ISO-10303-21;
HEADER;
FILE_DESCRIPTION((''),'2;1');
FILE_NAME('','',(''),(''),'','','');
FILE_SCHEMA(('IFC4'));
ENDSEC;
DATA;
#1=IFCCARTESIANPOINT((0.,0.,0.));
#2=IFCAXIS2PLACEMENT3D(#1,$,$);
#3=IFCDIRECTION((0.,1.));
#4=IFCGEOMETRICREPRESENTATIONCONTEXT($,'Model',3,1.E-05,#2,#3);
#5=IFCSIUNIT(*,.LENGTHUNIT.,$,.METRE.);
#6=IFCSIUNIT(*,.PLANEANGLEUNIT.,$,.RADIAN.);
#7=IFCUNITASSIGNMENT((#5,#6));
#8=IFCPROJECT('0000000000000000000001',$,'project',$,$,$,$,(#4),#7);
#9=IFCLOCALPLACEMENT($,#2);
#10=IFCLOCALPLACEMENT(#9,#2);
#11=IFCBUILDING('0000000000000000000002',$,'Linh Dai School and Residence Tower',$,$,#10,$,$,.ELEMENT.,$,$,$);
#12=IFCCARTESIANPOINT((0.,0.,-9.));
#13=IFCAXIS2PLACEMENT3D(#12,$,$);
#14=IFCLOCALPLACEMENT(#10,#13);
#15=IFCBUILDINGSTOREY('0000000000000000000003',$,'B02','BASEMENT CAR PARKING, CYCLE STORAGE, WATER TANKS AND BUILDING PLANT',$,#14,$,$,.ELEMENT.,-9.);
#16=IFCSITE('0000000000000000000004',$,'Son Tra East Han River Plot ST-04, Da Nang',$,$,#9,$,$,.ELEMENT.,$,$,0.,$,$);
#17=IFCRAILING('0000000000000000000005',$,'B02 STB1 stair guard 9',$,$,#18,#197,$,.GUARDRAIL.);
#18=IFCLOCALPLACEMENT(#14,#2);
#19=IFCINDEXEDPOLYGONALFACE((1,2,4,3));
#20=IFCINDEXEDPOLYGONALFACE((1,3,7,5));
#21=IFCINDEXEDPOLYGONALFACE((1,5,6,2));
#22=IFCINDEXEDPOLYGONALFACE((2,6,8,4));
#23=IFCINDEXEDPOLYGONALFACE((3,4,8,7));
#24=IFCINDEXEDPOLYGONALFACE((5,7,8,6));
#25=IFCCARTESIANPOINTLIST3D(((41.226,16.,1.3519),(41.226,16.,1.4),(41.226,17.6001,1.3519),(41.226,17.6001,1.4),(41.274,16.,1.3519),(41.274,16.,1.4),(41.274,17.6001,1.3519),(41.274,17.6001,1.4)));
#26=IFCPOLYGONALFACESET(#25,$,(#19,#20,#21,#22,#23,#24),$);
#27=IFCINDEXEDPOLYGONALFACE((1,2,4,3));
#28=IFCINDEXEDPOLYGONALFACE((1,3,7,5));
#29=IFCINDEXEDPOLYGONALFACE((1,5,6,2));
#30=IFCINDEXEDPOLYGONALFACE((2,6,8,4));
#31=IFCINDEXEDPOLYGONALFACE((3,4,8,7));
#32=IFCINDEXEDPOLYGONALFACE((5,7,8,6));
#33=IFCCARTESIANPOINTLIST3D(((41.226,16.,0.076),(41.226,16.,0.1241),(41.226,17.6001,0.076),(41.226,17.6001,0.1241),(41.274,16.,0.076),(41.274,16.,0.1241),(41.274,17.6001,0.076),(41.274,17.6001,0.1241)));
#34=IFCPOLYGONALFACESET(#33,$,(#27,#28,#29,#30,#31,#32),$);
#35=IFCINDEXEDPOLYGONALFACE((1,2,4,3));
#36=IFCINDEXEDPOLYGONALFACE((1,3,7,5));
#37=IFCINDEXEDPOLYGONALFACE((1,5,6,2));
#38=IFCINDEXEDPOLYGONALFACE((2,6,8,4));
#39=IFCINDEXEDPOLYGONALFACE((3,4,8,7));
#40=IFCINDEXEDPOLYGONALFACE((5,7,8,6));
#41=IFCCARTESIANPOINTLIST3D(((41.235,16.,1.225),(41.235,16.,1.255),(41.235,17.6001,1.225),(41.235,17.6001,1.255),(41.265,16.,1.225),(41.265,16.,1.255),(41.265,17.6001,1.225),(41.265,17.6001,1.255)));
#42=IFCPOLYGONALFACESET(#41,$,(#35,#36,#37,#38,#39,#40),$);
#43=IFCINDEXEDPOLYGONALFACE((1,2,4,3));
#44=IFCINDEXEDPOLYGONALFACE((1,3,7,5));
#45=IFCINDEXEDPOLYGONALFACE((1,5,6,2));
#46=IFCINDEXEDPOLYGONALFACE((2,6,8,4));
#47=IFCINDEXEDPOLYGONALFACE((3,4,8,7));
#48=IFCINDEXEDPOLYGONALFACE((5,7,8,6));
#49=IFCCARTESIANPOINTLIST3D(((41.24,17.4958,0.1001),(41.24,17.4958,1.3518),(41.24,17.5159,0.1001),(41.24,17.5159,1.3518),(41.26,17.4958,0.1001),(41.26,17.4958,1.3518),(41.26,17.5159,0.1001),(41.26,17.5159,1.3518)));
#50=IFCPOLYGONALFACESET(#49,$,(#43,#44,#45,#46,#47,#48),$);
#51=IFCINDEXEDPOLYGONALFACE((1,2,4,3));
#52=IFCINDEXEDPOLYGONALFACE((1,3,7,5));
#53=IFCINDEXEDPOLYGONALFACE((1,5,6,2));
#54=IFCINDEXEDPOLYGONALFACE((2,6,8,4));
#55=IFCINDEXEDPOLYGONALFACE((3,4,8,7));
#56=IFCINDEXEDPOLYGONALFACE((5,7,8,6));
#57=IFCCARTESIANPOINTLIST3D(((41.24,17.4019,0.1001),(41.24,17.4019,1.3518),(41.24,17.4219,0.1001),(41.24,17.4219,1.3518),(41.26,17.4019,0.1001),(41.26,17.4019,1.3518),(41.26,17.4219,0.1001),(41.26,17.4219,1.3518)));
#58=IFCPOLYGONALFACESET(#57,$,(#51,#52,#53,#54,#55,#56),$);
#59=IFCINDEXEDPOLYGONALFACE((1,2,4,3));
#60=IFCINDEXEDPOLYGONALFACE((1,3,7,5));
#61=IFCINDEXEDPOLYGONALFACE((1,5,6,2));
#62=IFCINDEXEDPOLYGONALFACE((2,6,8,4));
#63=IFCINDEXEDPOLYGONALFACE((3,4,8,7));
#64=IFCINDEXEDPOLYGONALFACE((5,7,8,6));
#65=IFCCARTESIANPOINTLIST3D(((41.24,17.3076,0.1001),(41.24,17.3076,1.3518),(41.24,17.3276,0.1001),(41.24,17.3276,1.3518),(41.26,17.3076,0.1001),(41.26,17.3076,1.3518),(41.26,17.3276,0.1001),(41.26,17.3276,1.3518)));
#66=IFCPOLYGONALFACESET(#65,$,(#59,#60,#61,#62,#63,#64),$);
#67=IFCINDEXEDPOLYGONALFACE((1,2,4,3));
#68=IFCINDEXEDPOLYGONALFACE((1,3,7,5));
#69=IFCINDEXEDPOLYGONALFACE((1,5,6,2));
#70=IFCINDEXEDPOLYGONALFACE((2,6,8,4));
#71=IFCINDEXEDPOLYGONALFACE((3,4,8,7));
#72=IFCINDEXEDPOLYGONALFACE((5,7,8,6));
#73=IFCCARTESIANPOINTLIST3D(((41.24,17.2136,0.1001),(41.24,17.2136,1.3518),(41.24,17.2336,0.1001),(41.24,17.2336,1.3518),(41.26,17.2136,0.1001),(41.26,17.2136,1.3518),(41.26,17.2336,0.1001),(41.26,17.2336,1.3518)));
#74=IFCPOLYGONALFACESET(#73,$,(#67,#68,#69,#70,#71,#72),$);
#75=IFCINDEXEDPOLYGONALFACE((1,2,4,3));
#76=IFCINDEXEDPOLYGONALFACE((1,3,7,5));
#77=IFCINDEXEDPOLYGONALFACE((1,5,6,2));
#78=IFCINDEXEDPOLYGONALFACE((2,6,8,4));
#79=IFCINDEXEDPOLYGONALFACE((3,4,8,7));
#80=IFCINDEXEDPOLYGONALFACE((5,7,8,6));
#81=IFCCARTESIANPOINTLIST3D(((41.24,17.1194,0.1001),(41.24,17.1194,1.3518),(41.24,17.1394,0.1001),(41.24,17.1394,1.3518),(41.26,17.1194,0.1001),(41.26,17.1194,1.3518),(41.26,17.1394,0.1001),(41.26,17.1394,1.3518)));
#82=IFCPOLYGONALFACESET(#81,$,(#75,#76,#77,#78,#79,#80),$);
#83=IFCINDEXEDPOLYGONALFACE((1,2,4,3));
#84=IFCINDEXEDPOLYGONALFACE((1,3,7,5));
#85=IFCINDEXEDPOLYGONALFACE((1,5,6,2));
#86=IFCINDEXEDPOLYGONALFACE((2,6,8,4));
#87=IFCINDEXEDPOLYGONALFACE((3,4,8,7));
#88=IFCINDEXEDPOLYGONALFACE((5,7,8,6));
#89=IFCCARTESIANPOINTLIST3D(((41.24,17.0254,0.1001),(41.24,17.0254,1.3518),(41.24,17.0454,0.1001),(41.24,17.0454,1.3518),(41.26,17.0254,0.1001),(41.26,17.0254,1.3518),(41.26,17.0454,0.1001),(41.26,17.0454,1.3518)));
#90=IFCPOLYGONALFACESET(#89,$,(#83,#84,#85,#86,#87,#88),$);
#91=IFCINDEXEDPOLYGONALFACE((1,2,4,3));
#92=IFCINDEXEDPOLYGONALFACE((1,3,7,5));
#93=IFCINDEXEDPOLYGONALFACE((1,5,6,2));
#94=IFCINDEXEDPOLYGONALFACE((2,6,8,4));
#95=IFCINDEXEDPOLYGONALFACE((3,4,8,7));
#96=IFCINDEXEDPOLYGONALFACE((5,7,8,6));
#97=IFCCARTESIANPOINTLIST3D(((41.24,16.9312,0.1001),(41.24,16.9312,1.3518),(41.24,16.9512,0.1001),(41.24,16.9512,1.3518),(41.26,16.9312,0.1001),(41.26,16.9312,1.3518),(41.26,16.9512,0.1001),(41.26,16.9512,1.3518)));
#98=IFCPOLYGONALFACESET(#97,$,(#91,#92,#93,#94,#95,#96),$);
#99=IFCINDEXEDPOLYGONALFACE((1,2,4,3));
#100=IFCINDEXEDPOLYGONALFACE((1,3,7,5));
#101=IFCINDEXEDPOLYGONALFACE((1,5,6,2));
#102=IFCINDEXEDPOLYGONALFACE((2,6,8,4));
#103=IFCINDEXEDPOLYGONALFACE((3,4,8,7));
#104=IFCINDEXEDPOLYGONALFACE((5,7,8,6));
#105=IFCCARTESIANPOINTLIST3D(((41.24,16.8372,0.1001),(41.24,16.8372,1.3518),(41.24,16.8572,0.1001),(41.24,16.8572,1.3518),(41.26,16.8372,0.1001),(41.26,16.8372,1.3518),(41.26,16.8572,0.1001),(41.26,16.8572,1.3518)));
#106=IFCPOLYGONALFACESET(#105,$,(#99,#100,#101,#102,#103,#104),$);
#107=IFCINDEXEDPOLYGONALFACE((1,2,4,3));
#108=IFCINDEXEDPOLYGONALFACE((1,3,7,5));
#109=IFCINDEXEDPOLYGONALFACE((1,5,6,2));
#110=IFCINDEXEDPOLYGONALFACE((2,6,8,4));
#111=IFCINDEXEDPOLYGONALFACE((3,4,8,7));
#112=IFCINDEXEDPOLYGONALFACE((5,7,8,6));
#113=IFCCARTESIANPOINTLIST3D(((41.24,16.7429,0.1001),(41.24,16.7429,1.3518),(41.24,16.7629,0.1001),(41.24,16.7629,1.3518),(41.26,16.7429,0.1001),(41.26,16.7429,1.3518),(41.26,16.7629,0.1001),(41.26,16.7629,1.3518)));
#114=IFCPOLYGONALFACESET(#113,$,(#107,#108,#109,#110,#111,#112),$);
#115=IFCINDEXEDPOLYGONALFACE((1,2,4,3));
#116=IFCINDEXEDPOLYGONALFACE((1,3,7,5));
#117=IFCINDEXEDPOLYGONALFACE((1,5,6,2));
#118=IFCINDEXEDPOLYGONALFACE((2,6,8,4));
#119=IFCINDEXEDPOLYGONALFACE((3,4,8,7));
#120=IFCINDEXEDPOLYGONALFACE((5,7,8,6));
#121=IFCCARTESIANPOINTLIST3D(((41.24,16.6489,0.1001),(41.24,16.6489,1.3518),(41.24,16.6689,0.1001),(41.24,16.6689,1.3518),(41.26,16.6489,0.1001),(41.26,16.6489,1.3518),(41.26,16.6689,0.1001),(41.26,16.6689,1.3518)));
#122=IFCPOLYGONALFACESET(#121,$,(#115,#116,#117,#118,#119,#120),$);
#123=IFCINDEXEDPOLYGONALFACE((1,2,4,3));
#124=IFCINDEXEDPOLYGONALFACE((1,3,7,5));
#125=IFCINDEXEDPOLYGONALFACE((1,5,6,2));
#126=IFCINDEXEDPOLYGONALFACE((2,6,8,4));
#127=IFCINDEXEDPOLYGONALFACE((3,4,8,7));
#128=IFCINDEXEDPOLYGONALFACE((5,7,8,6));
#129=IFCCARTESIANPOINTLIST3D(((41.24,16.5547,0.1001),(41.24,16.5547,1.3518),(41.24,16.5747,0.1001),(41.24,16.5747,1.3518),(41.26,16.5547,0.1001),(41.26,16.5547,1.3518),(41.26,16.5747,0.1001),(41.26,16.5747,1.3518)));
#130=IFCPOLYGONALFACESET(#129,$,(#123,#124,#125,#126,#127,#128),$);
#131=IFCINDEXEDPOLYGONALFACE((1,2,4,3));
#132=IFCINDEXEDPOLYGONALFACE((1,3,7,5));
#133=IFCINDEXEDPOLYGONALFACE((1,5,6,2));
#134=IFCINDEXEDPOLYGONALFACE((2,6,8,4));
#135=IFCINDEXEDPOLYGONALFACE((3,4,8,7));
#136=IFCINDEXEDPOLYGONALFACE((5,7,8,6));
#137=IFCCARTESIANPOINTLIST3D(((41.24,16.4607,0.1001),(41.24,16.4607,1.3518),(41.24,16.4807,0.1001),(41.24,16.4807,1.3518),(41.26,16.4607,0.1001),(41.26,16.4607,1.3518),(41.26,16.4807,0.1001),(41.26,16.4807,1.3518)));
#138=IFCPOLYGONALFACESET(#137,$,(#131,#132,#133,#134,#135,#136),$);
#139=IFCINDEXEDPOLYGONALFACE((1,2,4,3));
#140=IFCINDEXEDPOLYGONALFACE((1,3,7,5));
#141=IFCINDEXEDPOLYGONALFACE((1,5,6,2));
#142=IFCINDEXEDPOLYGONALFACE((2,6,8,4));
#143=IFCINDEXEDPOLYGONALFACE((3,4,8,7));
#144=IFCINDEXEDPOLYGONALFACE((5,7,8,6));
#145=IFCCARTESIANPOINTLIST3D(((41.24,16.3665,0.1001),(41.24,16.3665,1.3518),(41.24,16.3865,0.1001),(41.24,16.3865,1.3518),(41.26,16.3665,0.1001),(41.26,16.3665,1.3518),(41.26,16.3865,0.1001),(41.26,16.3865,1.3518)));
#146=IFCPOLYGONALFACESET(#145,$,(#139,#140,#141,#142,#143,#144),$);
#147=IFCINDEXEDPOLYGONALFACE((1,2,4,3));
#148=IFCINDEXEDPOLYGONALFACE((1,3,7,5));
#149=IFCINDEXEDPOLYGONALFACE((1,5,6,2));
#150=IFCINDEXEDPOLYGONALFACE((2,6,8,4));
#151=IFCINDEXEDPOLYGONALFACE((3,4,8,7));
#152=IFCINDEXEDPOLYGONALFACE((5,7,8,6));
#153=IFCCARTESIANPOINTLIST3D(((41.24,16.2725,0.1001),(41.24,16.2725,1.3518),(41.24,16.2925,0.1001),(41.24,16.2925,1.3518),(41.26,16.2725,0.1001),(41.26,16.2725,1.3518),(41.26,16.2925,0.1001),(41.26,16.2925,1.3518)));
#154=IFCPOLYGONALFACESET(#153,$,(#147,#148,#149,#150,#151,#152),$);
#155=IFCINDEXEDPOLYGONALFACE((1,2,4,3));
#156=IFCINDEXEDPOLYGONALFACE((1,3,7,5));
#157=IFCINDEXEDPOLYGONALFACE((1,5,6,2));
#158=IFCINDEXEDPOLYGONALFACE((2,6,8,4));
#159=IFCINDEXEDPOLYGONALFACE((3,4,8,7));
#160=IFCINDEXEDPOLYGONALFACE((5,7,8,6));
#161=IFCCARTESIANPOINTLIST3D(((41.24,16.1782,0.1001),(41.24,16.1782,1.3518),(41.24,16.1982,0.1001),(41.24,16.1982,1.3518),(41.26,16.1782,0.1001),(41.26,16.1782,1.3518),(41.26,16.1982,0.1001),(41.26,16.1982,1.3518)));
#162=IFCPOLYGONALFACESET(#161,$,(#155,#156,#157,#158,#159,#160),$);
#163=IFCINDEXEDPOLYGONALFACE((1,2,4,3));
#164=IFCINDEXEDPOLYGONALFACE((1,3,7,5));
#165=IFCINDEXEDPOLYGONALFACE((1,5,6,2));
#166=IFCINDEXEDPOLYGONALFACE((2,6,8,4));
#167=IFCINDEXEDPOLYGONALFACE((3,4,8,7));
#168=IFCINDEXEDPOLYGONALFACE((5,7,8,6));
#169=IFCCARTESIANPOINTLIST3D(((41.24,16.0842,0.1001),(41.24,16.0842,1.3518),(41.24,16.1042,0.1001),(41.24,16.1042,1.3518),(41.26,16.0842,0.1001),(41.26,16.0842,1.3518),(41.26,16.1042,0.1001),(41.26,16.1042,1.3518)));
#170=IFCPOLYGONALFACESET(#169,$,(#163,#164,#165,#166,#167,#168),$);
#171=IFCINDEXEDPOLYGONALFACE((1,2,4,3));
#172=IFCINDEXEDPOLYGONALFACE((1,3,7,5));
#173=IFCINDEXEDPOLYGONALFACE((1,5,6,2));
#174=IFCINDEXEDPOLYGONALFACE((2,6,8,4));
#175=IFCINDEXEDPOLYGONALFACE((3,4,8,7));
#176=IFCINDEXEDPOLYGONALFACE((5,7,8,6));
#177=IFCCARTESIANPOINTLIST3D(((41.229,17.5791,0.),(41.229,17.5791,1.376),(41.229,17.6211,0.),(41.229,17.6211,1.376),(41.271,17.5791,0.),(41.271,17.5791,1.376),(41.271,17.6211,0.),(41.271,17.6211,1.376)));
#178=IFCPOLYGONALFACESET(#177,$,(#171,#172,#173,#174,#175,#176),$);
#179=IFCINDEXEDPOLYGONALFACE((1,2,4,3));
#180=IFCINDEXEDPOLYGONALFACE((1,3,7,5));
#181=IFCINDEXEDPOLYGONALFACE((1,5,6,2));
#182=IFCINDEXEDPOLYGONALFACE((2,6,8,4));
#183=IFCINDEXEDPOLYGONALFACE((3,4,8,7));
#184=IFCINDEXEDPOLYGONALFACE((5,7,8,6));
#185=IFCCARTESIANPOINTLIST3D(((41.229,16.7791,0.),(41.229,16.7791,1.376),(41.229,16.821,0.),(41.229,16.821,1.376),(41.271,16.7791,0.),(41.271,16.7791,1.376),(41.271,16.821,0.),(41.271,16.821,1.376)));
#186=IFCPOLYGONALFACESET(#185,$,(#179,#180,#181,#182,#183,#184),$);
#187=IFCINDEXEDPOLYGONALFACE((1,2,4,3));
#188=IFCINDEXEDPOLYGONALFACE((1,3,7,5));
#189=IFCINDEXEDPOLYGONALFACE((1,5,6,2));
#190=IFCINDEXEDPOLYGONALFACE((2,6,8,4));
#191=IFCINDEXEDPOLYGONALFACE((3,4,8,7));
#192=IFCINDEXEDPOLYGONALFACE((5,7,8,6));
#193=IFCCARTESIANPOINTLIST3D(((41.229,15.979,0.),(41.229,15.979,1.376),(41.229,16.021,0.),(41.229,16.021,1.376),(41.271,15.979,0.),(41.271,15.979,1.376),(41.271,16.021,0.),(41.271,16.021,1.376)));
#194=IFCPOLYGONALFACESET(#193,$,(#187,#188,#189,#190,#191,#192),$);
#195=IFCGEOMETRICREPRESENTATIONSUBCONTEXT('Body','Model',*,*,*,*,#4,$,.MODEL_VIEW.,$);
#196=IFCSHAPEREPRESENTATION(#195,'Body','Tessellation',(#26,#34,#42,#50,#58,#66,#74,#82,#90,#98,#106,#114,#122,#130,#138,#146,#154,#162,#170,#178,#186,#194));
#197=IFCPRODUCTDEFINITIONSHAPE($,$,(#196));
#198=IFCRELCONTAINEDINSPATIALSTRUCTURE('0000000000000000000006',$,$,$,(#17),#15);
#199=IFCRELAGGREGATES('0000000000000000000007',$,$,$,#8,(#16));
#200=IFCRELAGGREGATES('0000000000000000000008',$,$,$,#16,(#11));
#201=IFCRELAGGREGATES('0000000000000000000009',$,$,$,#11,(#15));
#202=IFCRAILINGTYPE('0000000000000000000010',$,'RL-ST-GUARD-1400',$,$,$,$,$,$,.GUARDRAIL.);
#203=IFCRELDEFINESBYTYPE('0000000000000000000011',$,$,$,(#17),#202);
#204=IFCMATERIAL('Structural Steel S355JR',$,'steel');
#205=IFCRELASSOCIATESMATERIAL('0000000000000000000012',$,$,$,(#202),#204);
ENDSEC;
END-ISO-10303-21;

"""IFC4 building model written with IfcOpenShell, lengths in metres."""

from ifc_helpers import new_model, si_unit, direction, frame, origin, origin_2d, place, context, subcontext, project, spatial, rectangle, extrude, source, transform, mapped, material, type_object, element, save


model = new_model("IFC4")

# Units and contexts
model_context = context("Model", 3, precision=1e-05, world=origin(), true_north=direction((0.0, 1.0)))
body_context = subcontext(model_context, "Body", "Model", "MODEL_VIEW")
ifc_project = project(units=[si_unit("LENGTHUNIT", "METRE"), si_unit("PLANEANGLEUNIT", "RADIAN")], contexts=[model_context])

# Site, building, storey
site_placement = place(None, origin())
site = spatial("IfcSite", under=ifc_project, at=site_placement, Name="Son Tra East Han River Plot ST-04, Da Nang", CompositionType="ELEMENT", RefElevation=0.0)
building_placement = place(site_placement, origin())
building = spatial("IfcBuilding", under=site, at=building_placement, Name="Linh Dai School and Residence Tower", CompositionType="ELEMENT")
storey_placement = place(building_placement, frame((0.0, 0.0, -9.0)))
storey = spatial("IfcBuildingStorey", under=building, at=storey_placement, Name="B02", Description="BASEMENT CAR PARKING, CYCLE STORAGE, WATER TANKS AND BUILDING PLANT", CompositionType="ELEMENT", Elevation=-9.0)

# Shared definitions
ifc_material_1 = material(Name="Structural Steel S355JR", Category="steel")

# Railing
railing_type_1 = type_object("IfcRailingType", Name="RL-ST-GUARD-1400", PredefinedType="GUARDRAIL", material=ifc_material_1)
shared_shape_1 = source(origin(), body_context, "Body", "SweptSolid", [
    extrude(rectangle(XDim=0.0481, YDim=0.0481, at=origin_2d()), frame((0.0, 0.0, 1.376), z_axis=(0.0, -1.0, 0.0), x_axis=(1.0, 0.0, 0.0)), (0.0, 0.0, 1.0), 1.6001),
    extrude(rectangle(XDim=0.0481, YDim=0.0481, at=origin_2d()), frame((0.0, 0.0, 0.1001), z_axis=(0.0, -1.0, 0.0), x_axis=(1.0, 0.0, 0.0)), (0.0, 0.0, 1.0), 1.6001),
    extrude(rectangle(XDim=0.03, YDim=0.03, at=origin_2d()), frame((0.0, 0.0, 1.24), z_axis=(0.0, -1.0, 0.0), x_axis=(1.0, 0.0, 0.0)), (0.0, 0.0, 1.0), 1.6001),
    extrude(rectangle(XDim=0.02, YDim=0.02, at=origin_2d()), frame((0.0, -0.0942, 0.1001)), (0.0, 0.0, 1.0), 1.2517),
    extrude(rectangle(XDim=0.02, YDim=0.02, at=origin_2d()), frame((0.0, -0.1882, 0.1001)), (0.0, 0.0, 1.0), 1.2517),
    extrude(rectangle(XDim=0.02, YDim=0.02, at=origin_2d()), frame((0.0, -0.2825, 0.1001)), (0.0, 0.0, 1.0), 1.2517),
    extrude(rectangle(XDim=0.02, YDim=0.02, at=origin_2d()), frame((0.0, -0.3765, 0.1001)), (0.0, 0.0, 1.0), 1.2517),
    extrude(rectangle(XDim=0.02, YDim=0.02, at=origin_2d()), frame((0.0, -0.4707, 0.1001)), (0.0, 0.0, 1.0), 1.2517),
    extrude(rectangle(XDim=0.02, YDim=0.02, at=origin_2d()), frame((0.0, -0.5647, 0.1001)), (0.0, 0.0, 1.0), 1.2517),
    extrude(rectangle(XDim=0.02, YDim=0.02, at=origin_2d()), frame((0.0, -0.6589, 0.1001)), (0.0, 0.0, 1.0), 1.2517),
    extrude(rectangle(XDim=0.02, YDim=0.02, at=origin_2d()), frame((0.0, -0.7529, 0.1001)), (0.0, 0.0, 1.0), 1.2517),
    extrude(rectangle(XDim=0.02, YDim=0.02, at=origin_2d()), frame((0.0, -0.8472, 0.1001)), (0.0, 0.0, 1.0), 1.2517),
    extrude(rectangle(XDim=0.02, YDim=0.02, at=origin_2d()), frame((0.0, -0.9412, 0.1001)), (0.0, 0.0, 1.0), 1.2517),
    extrude(rectangle(XDim=0.02, YDim=0.02, at=origin_2d()), frame((0.0, -1.0354, 0.1001)), (0.0, 0.0, 1.0), 1.2517),
    extrude(rectangle(XDim=0.02, YDim=0.02, at=origin_2d()), frame((0.0, -1.1294, 0.1001)), (0.0, 0.0, 1.0), 1.2517),
    extrude(rectangle(XDim=0.02, YDim=0.02, at=origin_2d()), frame((0.0, -1.2236, 0.1001)), (0.0, 0.0, 1.0), 1.2517),
    extrude(rectangle(XDim=0.02, YDim=0.02, at=origin_2d()), frame((0.0, -1.3176, 0.1001)), (0.0, 0.0, 1.0), 1.2517),
    extrude(rectangle(XDim=0.02, YDim=0.02, at=origin_2d()), frame((0.0, -1.4119, 0.1001)), (0.0, 0.0, 1.0), 1.2517),
    extrude(rectangle(XDim=0.02, YDim=0.02, at=origin_2d()), frame((0.0, -1.5059, 0.1001)), (0.0, 0.0, 1.0), 1.2517),
    extrude(rectangle(XDim=0.042, YDim=0.042, at=origin_2d()), origin(), (0.0, 0.0, 1.0), 1.376),
    extrude(rectangle(XDim=0.042, YDim=0.042, at=origin_2d()), frame((0.0, -0.8, 0.0)), (0.0, 0.0, 1.0), 1.376),
    extrude(rectangle(XDim=0.042, YDim=0.042, at=origin_2d()), frame((0.0, -1.6001, 0.0)), (0.0, 0.0, 1.0), 1.376),
])
railing_1_placement = place(storey_placement, frame((41.25, 17.6001, 0.0)))
element("IfcRailing", 1, at=railing_1_placement, inside=storey, type_object=railing_type_1, Name="B02 STB1 stair guard 9", PredefinedType="GUARDRAIL", context=body_context, shape_type="MappedRepresentation", body=[
    mapped(shared_shape_1, transform((0.0, 0.0, 0.0), x_axis=(1.0, 0.0, 0.0), y_axis=(0.0, 1.0, 0.0), z_axis=(0.0, 0.0, 1.0), scale=1.0)),
])

save(model, "model.ifc")
